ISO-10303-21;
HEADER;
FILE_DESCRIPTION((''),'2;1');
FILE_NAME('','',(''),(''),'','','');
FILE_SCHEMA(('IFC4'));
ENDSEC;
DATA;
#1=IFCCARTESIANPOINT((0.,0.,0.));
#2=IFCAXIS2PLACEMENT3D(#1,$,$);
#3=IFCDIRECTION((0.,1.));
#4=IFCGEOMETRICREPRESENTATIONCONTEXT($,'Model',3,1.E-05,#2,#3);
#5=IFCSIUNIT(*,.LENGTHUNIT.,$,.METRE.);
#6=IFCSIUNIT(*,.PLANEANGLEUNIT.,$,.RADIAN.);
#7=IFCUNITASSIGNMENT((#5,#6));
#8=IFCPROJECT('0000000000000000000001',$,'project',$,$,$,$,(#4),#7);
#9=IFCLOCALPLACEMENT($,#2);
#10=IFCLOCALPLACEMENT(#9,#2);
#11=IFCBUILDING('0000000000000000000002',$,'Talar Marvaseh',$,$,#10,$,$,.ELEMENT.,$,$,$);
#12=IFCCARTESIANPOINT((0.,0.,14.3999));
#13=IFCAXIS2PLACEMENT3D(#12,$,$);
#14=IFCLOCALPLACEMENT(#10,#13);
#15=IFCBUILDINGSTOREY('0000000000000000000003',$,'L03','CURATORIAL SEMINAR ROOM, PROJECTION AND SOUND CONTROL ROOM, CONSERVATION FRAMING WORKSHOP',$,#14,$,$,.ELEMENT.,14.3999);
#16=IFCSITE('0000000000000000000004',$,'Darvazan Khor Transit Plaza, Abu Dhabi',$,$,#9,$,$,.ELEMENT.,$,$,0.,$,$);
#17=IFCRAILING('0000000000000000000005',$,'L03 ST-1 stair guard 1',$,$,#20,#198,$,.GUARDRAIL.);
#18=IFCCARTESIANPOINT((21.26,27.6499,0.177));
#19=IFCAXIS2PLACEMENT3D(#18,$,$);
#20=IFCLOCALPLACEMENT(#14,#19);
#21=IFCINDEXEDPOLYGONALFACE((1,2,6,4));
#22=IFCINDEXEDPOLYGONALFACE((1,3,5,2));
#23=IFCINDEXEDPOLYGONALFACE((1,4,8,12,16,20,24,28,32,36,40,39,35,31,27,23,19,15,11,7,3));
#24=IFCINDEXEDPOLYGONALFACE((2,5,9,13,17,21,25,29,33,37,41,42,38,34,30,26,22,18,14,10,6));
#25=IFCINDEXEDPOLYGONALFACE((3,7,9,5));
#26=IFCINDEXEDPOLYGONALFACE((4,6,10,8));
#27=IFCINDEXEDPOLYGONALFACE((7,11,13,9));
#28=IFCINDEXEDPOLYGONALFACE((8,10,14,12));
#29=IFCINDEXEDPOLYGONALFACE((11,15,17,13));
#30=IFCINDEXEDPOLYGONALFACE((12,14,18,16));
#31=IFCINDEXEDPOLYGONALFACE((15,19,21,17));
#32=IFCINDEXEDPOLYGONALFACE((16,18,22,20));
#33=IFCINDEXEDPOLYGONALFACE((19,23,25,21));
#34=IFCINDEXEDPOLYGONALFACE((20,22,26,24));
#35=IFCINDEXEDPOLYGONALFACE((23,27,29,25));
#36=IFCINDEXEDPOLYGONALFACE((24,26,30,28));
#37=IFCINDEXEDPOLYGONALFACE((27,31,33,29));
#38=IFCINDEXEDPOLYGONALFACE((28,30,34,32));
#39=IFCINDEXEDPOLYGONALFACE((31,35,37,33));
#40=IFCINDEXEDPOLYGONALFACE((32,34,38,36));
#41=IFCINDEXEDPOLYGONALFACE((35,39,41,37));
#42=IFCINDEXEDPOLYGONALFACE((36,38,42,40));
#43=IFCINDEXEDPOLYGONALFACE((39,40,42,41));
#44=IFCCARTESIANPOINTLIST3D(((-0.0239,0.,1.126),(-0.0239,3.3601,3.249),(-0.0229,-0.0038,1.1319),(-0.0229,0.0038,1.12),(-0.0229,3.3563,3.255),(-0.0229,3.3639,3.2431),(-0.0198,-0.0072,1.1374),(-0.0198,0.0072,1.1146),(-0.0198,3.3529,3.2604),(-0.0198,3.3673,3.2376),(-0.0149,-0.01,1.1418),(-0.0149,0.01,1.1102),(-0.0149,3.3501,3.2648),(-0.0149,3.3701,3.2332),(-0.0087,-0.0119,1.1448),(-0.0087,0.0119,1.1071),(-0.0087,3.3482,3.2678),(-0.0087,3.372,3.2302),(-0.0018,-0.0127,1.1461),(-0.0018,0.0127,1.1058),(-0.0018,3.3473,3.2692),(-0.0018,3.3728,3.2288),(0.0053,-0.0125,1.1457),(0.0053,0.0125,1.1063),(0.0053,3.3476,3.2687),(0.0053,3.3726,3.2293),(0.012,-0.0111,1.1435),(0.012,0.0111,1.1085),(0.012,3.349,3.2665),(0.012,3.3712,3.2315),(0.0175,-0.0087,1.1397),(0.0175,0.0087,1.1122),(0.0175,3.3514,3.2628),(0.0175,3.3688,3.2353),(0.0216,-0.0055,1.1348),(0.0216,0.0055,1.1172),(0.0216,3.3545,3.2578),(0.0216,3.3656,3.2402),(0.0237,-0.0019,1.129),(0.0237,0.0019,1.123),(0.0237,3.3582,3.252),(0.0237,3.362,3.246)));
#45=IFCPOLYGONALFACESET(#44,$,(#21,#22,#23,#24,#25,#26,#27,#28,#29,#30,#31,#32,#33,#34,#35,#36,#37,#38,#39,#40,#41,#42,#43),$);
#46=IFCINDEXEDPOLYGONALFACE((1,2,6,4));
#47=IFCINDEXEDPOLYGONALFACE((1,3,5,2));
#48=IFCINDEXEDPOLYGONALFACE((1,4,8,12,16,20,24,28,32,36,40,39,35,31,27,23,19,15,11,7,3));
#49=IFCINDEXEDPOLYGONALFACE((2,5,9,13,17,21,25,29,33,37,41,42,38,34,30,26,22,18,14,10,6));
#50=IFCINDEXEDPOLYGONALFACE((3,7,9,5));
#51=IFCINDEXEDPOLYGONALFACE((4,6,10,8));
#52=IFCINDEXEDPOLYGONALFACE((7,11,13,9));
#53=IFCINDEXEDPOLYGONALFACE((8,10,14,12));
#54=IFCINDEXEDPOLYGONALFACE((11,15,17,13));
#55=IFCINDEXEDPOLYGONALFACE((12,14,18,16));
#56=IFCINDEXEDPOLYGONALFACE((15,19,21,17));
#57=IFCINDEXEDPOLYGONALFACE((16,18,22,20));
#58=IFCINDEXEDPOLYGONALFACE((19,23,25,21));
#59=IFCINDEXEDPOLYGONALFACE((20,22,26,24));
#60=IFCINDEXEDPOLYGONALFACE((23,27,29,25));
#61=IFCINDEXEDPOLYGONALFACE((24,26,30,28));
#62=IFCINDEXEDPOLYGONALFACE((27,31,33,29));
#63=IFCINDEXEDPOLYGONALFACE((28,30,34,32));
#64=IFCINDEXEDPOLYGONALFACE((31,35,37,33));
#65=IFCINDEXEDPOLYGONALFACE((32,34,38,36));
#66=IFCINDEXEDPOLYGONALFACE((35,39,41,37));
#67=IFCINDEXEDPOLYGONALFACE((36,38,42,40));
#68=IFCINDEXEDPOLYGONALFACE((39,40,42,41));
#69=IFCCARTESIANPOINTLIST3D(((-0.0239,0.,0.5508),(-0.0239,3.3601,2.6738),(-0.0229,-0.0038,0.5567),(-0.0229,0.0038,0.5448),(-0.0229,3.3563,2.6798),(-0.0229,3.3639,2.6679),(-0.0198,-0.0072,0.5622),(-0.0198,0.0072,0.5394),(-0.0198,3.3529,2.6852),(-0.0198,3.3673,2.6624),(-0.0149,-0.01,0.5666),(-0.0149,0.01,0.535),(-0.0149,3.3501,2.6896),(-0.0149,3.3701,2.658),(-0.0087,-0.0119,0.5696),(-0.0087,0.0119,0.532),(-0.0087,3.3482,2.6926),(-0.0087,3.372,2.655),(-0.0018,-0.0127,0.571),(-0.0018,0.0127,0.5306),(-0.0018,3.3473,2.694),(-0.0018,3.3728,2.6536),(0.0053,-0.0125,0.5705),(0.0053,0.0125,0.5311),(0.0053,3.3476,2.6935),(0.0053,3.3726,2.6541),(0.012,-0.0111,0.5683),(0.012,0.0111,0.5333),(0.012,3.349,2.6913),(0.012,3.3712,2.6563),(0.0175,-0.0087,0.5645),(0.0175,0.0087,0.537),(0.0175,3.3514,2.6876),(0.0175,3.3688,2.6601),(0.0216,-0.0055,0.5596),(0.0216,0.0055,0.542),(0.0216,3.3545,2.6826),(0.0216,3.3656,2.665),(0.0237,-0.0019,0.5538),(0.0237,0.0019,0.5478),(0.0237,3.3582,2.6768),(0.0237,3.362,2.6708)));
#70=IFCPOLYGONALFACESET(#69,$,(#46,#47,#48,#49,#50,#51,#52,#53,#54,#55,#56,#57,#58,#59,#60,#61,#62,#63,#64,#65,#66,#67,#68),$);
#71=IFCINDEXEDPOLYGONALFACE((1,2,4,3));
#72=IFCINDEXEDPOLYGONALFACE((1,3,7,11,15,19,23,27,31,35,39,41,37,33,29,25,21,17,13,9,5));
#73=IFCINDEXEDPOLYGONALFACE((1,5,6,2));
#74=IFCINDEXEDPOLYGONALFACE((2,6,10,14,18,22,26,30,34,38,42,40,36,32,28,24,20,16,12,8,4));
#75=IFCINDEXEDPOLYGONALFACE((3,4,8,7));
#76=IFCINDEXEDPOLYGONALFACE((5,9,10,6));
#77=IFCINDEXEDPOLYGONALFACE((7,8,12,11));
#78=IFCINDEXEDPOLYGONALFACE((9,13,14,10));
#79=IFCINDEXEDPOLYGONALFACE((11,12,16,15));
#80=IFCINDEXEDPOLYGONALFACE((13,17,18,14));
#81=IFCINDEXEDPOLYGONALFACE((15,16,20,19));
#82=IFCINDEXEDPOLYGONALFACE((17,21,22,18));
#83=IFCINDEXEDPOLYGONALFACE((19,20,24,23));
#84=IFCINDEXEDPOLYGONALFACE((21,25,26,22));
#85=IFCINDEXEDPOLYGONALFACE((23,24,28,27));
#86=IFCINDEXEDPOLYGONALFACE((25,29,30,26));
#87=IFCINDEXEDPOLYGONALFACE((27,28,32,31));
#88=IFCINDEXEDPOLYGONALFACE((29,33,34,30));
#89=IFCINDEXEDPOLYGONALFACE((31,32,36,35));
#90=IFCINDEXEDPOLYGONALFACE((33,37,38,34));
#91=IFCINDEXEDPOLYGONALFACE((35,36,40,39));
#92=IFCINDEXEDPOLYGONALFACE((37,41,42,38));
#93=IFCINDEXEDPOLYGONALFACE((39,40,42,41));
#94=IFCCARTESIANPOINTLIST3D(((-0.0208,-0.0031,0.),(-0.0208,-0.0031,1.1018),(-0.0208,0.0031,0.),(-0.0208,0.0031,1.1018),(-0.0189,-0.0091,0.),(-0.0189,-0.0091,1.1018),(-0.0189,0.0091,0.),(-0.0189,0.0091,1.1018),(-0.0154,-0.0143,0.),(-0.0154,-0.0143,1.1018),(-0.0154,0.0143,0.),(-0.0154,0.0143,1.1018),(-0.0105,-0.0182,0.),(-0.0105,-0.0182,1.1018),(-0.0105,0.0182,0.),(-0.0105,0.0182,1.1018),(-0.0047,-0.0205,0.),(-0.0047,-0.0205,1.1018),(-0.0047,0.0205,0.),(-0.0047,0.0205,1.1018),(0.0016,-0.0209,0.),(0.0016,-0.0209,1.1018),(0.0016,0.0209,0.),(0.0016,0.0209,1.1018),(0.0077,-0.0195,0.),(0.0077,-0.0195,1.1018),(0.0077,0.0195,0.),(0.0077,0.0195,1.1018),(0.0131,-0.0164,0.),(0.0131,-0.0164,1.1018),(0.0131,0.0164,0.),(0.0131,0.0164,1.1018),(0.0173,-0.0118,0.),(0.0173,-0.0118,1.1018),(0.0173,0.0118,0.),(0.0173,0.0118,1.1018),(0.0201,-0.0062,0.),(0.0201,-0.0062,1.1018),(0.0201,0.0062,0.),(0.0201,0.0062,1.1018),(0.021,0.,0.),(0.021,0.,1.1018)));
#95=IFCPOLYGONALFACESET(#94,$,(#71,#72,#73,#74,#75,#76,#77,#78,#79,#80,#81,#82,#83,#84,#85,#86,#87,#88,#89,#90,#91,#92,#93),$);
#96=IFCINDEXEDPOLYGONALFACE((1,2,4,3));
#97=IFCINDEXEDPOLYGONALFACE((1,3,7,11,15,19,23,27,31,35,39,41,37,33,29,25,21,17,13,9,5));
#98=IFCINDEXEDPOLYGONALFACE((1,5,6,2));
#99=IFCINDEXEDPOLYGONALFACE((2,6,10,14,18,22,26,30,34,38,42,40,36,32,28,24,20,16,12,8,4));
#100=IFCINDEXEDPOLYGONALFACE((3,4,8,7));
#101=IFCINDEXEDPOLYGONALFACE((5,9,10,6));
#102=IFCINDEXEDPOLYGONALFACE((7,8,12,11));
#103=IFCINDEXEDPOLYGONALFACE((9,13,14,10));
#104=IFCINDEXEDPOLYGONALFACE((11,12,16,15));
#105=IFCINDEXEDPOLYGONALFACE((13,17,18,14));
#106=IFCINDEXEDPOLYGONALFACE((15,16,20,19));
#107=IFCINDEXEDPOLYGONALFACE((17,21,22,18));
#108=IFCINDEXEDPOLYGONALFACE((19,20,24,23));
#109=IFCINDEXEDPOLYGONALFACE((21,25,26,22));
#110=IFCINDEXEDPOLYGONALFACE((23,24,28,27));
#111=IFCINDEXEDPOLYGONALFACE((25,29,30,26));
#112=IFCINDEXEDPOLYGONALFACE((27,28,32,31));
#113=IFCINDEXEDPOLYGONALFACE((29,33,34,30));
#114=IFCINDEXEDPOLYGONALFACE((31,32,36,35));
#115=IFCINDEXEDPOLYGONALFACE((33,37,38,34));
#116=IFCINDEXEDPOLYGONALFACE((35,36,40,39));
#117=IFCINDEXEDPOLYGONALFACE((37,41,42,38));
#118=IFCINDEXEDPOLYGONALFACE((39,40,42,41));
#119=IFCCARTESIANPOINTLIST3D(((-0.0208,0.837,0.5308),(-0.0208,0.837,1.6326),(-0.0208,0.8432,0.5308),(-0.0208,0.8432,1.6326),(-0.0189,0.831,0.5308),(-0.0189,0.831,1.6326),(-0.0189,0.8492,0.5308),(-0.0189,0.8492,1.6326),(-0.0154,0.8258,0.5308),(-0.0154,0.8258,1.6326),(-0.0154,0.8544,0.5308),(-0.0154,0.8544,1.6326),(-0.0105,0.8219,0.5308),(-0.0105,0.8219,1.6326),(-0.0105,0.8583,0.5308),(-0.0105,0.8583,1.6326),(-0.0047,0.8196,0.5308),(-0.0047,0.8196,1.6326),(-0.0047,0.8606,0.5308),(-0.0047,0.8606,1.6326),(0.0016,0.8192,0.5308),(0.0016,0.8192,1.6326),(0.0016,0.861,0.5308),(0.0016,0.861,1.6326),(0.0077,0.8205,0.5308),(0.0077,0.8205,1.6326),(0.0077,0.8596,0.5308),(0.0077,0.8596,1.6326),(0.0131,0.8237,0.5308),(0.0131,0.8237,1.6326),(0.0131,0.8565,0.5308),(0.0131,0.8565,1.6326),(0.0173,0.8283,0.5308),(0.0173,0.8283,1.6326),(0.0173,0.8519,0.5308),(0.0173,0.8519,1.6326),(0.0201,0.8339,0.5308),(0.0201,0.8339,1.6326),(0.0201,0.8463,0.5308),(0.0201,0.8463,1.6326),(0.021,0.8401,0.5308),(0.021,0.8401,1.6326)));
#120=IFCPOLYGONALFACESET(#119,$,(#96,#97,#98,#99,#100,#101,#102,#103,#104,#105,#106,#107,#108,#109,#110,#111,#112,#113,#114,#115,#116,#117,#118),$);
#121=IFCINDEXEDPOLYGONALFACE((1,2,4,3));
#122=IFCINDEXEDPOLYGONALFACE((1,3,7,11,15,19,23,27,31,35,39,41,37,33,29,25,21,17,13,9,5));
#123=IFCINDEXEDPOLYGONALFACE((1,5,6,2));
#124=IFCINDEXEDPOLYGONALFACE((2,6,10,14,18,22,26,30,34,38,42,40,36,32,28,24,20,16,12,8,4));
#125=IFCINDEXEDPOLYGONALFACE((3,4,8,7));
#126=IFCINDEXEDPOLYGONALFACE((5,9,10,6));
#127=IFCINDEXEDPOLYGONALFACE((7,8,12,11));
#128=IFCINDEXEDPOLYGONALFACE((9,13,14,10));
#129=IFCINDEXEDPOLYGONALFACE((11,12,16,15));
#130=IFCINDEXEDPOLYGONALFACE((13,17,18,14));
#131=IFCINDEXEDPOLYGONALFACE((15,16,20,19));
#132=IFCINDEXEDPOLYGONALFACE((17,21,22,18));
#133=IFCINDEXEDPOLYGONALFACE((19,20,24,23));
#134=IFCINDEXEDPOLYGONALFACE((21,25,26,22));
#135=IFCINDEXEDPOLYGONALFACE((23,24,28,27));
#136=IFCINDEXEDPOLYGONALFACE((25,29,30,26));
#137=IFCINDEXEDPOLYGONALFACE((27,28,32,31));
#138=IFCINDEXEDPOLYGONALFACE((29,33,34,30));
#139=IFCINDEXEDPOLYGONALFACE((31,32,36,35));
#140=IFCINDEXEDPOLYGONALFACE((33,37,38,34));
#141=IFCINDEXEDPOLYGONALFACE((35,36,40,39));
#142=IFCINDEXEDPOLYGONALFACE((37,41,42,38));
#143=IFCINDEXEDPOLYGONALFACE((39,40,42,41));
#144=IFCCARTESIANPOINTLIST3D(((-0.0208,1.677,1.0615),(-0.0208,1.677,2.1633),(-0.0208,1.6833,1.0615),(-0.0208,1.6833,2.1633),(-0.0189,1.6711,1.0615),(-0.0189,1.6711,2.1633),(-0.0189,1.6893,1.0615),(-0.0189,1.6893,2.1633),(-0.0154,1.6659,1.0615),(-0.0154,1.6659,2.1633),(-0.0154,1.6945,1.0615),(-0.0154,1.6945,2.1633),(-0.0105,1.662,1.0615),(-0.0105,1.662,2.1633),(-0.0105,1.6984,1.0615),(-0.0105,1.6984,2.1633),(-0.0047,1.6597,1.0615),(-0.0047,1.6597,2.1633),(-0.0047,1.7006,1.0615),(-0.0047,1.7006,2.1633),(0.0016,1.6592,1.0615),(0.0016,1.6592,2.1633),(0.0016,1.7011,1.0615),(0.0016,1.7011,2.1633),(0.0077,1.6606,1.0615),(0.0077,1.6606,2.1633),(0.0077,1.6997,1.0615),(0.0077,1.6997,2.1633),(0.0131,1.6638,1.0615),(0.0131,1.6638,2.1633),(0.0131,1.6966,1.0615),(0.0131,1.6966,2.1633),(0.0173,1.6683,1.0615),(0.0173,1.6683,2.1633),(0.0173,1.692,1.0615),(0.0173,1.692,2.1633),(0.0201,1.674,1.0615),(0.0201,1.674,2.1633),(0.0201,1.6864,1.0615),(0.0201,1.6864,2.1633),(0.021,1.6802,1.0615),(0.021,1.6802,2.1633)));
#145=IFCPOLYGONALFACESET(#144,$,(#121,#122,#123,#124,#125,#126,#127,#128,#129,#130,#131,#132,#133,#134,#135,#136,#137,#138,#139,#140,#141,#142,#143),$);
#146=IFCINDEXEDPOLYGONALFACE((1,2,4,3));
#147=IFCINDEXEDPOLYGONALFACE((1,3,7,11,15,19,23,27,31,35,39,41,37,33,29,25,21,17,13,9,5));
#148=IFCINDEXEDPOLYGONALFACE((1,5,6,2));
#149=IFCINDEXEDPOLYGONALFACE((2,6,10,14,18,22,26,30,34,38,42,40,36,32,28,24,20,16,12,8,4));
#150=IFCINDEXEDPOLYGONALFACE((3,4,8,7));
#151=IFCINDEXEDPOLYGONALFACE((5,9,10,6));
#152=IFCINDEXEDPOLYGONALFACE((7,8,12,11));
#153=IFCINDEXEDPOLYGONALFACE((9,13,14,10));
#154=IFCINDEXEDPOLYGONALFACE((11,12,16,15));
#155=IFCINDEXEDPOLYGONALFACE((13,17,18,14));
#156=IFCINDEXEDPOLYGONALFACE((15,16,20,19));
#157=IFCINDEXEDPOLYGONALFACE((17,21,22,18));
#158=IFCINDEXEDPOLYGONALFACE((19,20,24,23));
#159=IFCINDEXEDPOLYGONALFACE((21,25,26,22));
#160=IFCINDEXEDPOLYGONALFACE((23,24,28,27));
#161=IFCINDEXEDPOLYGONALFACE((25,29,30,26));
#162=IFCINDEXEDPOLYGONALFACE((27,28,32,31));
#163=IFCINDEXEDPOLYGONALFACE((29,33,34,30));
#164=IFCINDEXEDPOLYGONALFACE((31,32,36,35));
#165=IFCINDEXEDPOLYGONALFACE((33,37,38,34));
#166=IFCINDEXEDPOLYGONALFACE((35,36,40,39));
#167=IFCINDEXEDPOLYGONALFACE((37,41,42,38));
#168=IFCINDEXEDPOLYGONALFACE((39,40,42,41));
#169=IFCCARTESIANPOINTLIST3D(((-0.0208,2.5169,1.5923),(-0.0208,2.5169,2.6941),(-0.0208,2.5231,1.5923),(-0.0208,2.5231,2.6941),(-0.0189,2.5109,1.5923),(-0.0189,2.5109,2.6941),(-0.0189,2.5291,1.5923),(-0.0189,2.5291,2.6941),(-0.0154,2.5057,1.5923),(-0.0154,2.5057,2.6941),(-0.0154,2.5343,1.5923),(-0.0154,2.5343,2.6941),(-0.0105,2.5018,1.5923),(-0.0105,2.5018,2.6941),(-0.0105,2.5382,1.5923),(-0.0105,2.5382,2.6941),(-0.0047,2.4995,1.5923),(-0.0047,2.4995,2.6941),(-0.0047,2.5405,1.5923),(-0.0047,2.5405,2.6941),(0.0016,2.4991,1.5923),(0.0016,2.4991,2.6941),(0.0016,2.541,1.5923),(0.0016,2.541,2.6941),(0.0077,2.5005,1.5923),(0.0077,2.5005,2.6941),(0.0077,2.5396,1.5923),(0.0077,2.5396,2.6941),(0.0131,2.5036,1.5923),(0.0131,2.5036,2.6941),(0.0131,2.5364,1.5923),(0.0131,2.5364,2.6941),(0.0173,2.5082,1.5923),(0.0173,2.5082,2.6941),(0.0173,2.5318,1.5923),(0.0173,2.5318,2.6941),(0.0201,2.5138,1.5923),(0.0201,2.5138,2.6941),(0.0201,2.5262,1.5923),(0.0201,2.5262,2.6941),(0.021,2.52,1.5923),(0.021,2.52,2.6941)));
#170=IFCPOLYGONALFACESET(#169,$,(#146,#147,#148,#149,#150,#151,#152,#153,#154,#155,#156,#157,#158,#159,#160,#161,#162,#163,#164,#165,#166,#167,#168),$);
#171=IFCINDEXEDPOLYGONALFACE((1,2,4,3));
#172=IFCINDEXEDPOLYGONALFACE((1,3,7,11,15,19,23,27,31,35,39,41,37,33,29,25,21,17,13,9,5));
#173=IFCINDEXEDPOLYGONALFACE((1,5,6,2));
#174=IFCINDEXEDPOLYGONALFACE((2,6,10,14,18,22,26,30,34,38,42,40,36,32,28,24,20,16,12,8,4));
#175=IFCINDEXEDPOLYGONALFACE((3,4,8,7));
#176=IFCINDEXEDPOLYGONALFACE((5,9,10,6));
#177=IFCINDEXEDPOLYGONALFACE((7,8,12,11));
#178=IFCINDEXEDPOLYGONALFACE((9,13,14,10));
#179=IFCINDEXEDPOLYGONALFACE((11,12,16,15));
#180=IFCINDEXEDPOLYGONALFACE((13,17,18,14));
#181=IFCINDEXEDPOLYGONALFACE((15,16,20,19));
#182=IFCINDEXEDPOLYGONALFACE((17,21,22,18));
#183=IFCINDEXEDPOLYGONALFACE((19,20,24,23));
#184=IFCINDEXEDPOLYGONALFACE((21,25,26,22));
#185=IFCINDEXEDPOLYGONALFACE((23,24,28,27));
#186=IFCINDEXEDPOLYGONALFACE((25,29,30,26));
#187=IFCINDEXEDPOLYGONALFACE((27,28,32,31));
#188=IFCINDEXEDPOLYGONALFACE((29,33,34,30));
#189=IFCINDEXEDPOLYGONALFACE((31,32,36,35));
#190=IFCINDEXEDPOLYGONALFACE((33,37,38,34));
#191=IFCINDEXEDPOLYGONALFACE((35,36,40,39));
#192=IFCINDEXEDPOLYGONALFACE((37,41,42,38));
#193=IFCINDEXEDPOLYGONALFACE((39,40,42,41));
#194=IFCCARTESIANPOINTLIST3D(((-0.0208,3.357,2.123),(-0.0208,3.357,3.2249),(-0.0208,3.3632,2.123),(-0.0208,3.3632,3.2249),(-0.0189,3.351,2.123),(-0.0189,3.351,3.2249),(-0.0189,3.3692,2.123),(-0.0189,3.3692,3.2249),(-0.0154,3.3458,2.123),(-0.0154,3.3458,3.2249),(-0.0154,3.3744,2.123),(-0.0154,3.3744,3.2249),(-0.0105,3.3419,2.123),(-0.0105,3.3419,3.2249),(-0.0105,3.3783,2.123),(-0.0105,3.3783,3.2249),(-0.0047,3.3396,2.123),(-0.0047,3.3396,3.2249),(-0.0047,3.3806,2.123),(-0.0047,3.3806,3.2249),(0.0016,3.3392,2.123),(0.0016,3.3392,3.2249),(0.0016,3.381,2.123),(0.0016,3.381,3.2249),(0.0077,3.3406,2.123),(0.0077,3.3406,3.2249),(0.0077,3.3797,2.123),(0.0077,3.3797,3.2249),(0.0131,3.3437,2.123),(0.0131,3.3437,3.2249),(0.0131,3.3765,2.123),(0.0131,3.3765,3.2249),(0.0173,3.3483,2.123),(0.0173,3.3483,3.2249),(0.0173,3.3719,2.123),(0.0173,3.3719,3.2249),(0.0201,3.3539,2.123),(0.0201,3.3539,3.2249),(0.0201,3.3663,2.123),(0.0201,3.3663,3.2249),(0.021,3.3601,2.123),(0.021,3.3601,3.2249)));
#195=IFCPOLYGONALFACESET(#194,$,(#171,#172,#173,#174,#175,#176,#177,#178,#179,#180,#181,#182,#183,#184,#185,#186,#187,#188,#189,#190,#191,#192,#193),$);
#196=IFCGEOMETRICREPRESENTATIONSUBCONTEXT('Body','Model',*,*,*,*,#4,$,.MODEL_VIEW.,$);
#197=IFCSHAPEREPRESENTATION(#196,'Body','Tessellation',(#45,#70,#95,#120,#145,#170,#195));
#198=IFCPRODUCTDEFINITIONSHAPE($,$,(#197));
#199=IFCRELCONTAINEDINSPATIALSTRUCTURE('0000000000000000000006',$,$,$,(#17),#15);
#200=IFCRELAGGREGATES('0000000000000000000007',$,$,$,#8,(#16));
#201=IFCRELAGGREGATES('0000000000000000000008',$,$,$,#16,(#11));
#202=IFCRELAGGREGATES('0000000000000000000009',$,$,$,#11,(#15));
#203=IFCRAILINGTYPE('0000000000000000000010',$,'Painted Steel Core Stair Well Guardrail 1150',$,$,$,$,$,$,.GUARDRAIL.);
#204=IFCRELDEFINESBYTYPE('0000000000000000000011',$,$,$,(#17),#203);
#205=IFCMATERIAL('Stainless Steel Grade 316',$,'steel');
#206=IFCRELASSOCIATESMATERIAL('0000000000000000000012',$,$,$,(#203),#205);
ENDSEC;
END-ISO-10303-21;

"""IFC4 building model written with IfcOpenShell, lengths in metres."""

from ifc_helpers import new_model, si_unit, direction, frame, origin, origin_2d, place, context, subcontext, project, spatial, circle, extrude, material, type_object, element, save


model = new_model("IFC4")

# Units and contexts
model_context = context("Model", 3, precision=1e-05, world=origin(), true_north=direction((0.0, 1.0)))
body_context = subcontext(model_context, "Body", "Model", "MODEL_VIEW")
ifc_project = project(units=[si_unit("LENGTHUNIT", "METRE"), si_unit("PLANEANGLEUNIT", "RADIAN")], contexts=[model_context])

# Site, building, storey
site_placement = place(None, origin())
site = spatial("IfcSite", under=ifc_project, at=site_placement, Name="Darvazan Khor Transit Plaza, Abu Dhabi", CompositionType="ELEMENT", RefElevation=0.0)
building_placement = place(site_placement, origin())
building = spatial("IfcBuilding", under=site, at=building_placement, Name="Talar Marvaseh", CompositionType="ELEMENT")
storey_placement = place(building_placement, frame((0.0, 0.0, 14.3999)))
storey = spatial("IfcBuildingStorey", under=building, at=storey_placement, Name="L03", Description="CURATORIAL SEMINAR ROOM, PROJECTION AND SOUND CONTROL ROOM, CONSERVATION FRAMING WORKSHOP", CompositionType="ELEMENT", Elevation=14.3999)

# Railing
ifc_material_1 = material(Name="Stainless Steel Grade 316", Category="steel")
railing_type_1 = type_object("IfcRailingType", Name="Painted Steel Core Stair Well Guardrail 1150", PredefinedType="GUARDRAIL", material=ifc_material_1)
railing_1_placement = place(storey_placement, frame((21.26, 27.6499, 0.177)))
element("IfcRailing", 1, at=railing_1_placement, inside=storey, type_object=railing_type_1, Name="L03 ST-1 stair guard 1", PredefinedType="GUARDRAIL", context=body_context, shape_type="SweptSolid", body=[
    extrude(circle(Radius=0.0239, at=origin_2d()), frame((0.0, 0.0, 1.126), z_axis=(0.0, 0.84539, 0.53415), x_axis=(-1.0, 0.0, 0.0)), (0.0, 0.0, 1.0), 3.9746),
    extrude(circle(Radius=0.0239, at=origin_2d()), frame((0.0, 0.0, 0.5508), z_axis=(0.0, 0.84539, 0.53415), x_axis=(-1.0, 0.0, 0.0)), (0.0, 0.0, 1.0), 3.9746),
    extrude(circle(Radius=0.021, at=origin_2d()), origin(), (0.0, 0.0, 1.0), 1.1018),
    extrude(circle(Radius=0.021, at=origin_2d()), frame((0.0, 0.8401, 0.5308)), (0.0, 0.0, 1.0), 1.1018),
    extrude(circle(Radius=0.021, at=origin_2d()), frame((0.0, 1.6802, 1.0615)), (0.0, 0.0, 1.0), 1.1018),
    extrude(circle(Radius=0.021, at=origin_2d()), frame((0.0, 2.52, 1.5923)), (0.0, 0.0, 1.0), 1.1018),
    extrude(circle(Radius=0.021, at=origin_2d()), frame((0.0, 3.3601, 2.123)), (0.0, 0.0, 1.0), 1.1018),
])

save(model, "model.ifc")
